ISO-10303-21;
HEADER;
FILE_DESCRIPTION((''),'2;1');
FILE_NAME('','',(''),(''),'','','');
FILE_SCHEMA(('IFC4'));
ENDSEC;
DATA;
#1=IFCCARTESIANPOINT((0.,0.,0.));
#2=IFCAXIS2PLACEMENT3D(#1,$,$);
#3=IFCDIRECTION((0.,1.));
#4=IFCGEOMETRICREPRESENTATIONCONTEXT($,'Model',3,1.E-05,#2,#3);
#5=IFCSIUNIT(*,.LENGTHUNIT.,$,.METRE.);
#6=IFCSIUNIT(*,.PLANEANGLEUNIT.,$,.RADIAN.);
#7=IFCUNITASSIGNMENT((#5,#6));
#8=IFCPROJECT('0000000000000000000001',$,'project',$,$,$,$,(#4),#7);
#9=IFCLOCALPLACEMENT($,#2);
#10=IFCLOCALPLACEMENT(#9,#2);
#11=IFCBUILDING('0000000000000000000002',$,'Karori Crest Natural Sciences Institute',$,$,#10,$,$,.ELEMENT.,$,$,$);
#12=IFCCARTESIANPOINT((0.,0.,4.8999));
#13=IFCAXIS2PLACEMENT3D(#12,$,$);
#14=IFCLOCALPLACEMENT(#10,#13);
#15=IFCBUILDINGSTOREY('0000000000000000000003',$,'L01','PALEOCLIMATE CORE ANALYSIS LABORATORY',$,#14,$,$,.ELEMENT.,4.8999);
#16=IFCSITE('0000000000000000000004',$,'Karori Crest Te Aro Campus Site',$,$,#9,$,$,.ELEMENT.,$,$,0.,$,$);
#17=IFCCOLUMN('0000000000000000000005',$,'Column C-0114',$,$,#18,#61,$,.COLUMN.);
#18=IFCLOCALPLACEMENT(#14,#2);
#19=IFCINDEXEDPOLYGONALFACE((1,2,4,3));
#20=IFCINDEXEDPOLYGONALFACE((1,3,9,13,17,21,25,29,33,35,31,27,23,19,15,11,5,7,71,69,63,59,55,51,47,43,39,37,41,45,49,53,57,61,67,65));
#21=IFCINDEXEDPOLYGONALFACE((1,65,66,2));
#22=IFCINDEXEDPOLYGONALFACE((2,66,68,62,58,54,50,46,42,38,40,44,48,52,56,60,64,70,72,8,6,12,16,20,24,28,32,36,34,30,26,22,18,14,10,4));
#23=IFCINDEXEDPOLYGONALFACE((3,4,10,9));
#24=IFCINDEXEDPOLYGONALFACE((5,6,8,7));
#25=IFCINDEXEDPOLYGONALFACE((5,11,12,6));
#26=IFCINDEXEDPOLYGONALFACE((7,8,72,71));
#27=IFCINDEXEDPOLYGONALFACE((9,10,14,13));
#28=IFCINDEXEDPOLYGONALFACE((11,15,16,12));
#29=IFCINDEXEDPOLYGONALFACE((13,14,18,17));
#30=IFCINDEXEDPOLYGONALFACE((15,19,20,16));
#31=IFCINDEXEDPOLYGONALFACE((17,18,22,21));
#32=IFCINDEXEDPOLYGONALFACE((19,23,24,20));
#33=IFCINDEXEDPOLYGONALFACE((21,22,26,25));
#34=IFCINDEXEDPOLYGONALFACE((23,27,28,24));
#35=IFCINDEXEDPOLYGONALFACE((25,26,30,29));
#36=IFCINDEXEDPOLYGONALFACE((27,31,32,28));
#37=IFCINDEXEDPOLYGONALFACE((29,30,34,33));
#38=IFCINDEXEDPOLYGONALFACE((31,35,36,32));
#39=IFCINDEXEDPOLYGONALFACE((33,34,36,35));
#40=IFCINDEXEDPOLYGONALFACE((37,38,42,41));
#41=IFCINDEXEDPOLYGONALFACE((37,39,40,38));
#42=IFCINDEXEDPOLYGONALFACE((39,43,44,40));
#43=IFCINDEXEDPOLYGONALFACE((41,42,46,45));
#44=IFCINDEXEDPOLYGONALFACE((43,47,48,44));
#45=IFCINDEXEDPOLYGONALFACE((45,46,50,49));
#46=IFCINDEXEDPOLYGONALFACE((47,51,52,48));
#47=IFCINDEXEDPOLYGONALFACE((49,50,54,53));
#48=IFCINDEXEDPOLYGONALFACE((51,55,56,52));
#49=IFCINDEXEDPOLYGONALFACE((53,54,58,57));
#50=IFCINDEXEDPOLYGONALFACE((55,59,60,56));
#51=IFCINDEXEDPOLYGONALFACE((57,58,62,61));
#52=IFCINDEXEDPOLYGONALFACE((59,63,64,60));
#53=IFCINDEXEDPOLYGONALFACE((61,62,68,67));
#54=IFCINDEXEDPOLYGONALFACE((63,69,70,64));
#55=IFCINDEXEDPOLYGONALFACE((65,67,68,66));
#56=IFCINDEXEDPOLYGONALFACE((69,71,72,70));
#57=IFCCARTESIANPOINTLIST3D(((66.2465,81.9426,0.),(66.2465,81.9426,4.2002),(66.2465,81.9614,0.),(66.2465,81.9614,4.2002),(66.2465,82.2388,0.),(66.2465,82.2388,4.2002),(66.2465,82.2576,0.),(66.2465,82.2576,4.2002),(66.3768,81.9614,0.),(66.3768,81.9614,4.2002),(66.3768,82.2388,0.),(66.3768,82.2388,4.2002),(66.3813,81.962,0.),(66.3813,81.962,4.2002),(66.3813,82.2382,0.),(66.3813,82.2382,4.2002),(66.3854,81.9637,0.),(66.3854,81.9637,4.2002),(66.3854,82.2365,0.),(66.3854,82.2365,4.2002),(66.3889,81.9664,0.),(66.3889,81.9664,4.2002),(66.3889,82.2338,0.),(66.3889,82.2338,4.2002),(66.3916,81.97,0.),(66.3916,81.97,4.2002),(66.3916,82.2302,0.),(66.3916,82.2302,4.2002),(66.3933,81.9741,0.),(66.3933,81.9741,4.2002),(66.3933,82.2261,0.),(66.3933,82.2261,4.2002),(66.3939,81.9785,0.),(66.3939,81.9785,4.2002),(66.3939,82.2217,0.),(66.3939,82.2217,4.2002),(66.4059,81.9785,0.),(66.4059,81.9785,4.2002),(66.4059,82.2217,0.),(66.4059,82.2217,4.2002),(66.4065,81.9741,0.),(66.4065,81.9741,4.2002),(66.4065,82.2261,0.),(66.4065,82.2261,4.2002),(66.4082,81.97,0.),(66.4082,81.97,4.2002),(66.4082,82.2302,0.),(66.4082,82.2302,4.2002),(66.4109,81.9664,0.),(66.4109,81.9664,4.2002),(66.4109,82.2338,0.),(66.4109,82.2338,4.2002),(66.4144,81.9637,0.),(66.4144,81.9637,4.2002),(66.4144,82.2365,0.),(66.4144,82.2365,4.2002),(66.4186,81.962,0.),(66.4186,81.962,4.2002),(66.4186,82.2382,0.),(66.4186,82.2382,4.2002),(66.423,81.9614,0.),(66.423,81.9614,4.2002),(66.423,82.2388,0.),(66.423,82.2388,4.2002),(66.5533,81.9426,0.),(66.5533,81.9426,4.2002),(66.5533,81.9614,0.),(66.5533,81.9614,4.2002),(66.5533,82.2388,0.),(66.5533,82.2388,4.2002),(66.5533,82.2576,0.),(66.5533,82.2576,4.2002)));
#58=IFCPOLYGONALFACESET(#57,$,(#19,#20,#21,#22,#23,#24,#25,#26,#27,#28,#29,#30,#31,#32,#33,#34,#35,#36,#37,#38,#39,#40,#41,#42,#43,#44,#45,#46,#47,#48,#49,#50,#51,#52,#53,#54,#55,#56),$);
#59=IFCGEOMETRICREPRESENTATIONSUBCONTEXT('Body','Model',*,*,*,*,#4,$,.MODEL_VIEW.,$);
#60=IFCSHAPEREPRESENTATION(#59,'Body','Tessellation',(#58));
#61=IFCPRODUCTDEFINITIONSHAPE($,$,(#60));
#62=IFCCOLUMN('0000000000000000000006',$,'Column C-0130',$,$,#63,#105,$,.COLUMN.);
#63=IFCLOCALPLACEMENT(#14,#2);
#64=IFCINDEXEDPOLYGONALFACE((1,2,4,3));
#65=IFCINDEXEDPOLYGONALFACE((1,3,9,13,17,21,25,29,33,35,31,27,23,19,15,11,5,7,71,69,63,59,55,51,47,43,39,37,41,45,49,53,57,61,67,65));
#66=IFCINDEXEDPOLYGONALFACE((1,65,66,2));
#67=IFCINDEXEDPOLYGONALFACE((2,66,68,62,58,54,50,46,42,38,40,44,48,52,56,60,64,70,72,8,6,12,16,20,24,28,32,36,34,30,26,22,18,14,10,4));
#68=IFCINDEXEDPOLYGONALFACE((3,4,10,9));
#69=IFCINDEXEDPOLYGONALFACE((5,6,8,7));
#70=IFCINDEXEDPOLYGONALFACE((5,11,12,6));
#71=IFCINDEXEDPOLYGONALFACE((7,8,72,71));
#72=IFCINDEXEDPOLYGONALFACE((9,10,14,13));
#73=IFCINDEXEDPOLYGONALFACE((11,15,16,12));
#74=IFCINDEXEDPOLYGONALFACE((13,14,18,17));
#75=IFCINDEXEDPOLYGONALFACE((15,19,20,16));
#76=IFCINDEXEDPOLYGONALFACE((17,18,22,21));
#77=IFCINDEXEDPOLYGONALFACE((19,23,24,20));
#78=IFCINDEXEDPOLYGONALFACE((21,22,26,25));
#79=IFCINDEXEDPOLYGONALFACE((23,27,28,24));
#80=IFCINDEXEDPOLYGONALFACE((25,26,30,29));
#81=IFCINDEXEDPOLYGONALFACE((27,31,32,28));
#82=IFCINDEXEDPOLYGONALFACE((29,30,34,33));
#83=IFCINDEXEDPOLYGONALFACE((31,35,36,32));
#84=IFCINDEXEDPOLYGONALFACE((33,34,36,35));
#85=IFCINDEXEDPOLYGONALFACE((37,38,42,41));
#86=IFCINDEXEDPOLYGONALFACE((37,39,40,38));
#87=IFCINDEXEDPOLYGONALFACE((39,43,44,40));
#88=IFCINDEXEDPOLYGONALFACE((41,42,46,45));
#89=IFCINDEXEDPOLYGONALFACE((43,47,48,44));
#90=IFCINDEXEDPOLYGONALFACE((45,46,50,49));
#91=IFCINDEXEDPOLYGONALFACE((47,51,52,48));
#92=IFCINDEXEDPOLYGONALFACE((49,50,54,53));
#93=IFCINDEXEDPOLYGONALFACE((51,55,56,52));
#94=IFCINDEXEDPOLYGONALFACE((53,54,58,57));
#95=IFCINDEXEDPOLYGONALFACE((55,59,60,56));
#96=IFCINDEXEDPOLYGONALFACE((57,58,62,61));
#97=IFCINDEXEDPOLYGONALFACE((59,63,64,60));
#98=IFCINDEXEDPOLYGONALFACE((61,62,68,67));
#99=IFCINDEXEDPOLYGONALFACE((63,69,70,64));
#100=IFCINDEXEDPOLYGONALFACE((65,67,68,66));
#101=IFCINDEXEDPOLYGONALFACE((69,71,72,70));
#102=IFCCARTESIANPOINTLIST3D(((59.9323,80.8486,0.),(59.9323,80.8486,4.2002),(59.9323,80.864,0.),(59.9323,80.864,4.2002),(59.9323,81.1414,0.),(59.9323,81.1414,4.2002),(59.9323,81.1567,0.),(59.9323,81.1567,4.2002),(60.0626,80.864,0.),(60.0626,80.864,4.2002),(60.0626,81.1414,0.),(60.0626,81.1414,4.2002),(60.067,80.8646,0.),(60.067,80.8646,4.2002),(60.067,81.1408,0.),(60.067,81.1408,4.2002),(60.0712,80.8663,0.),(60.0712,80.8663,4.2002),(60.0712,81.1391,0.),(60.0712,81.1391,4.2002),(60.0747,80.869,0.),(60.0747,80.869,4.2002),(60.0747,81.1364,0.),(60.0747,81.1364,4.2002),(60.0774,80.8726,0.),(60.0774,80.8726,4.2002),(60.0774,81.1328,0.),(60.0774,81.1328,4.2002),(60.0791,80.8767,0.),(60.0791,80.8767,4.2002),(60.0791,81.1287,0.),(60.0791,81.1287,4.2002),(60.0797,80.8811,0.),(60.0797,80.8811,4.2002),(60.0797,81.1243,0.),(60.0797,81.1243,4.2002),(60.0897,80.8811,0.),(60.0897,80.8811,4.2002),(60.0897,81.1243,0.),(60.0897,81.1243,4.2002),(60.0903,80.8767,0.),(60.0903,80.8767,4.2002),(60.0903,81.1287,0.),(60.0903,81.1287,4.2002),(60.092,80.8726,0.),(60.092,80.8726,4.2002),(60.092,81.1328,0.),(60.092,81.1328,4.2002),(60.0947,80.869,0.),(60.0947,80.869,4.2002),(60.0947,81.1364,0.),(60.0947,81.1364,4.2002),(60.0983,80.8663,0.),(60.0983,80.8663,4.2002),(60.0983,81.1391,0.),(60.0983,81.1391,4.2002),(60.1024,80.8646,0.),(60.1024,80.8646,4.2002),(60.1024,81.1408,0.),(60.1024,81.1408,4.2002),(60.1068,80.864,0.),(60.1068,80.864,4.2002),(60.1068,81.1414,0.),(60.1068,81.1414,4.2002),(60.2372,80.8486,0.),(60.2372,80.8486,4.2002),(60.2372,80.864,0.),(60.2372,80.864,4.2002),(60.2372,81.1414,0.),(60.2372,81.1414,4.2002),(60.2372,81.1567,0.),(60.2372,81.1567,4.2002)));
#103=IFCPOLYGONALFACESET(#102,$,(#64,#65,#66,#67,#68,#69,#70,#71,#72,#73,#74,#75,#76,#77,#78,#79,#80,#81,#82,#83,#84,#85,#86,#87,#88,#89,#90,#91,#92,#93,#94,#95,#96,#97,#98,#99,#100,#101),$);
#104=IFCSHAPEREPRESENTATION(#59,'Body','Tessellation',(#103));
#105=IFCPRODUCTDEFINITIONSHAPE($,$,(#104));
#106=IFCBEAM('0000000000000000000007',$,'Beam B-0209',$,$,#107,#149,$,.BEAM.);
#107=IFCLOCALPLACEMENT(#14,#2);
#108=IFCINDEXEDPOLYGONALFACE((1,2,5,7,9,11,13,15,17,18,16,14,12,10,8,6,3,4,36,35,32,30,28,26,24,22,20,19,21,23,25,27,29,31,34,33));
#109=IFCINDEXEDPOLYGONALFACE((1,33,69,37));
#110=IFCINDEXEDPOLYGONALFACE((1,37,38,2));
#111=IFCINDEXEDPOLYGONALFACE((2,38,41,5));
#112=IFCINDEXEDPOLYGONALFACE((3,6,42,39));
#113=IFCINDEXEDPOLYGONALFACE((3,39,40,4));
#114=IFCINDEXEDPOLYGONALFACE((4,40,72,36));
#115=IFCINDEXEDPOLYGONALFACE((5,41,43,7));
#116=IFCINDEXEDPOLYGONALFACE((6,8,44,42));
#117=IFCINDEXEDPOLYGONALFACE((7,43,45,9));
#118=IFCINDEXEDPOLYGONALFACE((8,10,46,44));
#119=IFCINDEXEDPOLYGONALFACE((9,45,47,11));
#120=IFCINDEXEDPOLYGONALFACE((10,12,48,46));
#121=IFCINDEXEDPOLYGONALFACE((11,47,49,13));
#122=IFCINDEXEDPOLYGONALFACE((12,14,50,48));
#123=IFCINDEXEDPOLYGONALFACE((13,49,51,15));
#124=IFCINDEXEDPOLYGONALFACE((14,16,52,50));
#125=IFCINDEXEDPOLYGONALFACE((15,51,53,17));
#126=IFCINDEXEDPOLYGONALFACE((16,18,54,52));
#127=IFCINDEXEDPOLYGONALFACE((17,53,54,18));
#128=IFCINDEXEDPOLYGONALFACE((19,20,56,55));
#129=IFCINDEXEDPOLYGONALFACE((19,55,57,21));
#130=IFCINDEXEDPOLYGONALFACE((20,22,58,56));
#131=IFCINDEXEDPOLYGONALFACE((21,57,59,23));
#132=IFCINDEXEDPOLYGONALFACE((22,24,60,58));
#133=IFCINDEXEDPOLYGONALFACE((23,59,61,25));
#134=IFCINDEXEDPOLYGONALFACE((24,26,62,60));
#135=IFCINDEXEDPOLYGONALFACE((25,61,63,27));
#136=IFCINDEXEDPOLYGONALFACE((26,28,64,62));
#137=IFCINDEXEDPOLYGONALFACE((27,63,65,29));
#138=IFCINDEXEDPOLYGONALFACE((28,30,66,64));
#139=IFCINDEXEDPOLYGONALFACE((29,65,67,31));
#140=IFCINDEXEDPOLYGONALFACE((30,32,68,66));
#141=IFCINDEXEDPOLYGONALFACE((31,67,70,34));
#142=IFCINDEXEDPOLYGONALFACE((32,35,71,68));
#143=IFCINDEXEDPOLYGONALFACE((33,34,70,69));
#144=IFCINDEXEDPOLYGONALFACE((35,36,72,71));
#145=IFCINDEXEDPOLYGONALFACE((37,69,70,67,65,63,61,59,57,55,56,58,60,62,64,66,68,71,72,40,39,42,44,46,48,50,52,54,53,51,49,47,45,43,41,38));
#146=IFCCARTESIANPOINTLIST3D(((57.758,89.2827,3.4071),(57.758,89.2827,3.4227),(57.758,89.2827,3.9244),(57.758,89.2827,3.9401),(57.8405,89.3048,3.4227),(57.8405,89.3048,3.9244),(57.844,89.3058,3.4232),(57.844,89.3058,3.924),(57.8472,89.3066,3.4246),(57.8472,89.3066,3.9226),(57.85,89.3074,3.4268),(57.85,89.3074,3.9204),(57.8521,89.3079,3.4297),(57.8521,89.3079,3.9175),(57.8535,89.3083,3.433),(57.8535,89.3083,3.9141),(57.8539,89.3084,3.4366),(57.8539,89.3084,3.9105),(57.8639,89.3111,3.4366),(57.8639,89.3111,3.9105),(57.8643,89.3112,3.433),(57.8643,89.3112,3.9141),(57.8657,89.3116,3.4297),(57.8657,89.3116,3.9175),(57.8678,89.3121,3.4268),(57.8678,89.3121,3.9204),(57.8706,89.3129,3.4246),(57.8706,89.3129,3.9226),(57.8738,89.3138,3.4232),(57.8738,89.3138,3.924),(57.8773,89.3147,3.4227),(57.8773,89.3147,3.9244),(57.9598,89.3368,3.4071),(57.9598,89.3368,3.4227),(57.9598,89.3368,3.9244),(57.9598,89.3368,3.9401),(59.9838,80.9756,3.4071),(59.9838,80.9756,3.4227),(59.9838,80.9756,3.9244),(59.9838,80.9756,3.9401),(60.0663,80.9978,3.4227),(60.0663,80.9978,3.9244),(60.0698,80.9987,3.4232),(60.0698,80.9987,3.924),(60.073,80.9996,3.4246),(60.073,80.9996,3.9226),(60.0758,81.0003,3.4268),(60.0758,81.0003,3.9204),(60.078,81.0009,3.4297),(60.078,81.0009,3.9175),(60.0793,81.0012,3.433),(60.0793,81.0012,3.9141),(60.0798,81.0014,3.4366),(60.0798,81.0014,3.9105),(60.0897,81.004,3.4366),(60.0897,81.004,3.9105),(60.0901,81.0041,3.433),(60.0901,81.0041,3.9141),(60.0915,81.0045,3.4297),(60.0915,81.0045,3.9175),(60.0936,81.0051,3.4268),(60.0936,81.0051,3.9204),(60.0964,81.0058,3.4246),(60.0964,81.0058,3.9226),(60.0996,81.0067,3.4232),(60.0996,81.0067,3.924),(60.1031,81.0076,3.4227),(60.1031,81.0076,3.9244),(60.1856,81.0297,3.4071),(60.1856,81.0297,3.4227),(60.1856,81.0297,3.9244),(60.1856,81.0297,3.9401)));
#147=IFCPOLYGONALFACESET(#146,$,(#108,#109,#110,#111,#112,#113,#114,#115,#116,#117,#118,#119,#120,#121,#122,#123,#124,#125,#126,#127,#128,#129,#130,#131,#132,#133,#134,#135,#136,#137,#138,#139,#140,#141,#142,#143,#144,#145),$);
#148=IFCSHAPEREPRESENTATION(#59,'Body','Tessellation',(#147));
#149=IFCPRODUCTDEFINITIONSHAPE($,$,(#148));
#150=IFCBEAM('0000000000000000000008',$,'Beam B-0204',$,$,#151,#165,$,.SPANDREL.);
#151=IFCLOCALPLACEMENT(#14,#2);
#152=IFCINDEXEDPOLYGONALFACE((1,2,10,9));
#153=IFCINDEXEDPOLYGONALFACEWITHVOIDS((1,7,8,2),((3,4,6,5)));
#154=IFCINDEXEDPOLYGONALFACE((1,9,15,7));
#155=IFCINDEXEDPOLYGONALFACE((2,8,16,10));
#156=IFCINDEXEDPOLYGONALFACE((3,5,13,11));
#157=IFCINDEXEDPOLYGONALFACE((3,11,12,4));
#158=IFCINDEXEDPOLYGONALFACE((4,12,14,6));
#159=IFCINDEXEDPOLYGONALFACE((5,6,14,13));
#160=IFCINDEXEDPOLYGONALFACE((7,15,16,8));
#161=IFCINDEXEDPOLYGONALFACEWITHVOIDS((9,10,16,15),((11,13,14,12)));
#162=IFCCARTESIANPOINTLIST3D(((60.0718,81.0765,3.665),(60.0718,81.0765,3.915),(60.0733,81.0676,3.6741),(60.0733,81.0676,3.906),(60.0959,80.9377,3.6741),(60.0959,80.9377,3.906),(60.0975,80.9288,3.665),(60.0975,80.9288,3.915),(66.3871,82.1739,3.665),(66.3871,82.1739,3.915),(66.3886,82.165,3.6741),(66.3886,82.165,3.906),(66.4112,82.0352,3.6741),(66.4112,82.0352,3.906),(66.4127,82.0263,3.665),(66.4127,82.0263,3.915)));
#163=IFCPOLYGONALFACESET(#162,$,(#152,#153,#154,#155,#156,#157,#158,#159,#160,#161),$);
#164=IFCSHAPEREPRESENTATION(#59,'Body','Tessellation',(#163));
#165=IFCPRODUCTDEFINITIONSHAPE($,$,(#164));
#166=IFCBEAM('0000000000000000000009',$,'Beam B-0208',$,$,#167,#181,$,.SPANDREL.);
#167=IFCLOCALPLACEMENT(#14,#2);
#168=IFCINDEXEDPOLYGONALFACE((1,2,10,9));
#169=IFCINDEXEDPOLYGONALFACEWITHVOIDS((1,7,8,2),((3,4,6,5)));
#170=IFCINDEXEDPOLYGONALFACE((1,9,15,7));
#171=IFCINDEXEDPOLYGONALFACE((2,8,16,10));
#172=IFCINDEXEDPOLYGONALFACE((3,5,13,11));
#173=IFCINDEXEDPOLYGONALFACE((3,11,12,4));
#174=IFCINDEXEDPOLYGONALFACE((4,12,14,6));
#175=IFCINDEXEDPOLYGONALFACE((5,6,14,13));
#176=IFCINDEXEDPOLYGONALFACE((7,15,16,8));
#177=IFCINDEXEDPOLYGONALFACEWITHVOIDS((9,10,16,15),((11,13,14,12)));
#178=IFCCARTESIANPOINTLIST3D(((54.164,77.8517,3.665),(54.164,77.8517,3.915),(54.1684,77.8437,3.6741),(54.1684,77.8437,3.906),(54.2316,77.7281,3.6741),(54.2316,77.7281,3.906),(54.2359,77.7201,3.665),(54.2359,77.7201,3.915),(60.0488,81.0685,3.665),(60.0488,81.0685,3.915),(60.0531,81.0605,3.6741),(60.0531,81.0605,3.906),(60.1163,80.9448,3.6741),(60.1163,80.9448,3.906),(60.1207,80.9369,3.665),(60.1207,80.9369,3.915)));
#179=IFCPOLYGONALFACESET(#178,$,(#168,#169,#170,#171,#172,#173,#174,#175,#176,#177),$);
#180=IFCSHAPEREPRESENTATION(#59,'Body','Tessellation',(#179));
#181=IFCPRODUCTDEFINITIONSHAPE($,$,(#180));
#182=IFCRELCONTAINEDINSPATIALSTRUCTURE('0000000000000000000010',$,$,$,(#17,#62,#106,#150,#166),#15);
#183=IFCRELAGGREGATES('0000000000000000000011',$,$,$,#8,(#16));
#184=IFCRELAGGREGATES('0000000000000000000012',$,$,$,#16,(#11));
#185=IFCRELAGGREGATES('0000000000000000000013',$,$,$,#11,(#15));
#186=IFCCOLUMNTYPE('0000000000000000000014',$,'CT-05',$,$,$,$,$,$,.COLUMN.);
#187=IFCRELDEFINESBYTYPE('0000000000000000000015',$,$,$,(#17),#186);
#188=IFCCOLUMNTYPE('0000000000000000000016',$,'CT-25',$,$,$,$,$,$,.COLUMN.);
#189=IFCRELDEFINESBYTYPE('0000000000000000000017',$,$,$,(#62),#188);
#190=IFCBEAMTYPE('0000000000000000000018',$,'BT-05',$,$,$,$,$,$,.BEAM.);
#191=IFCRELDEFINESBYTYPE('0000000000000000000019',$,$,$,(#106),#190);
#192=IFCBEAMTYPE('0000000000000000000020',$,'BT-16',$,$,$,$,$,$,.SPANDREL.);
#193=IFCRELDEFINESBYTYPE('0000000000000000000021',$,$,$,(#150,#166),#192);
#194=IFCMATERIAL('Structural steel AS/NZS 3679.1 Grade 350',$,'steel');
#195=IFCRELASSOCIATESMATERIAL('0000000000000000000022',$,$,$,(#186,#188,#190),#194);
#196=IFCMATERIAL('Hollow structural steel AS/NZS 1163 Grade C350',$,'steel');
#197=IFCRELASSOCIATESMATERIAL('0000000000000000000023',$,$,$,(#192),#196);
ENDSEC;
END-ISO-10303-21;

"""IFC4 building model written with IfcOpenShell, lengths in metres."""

from ifc_helpers import new_model, si_unit, direction, frame, origin, origin_2d, place, context, subcontext, project, spatial, hollow_rectangle, i_section, extrude, material, material_profile, profile_set, type_object, element, save


model = new_model("IFC4")

# Units and contexts
model_context = context("Model", 3, precision=1e-05, world=origin(), true_north=direction((0.0, 1.0)))
body_context = subcontext(model_context, "Body", "Model", "MODEL_VIEW")
ifc_project = project(units=[si_unit("LENGTHUNIT", "METRE"), si_unit("PLANEANGLEUNIT", "RADIAN")], contexts=[model_context])

# Site, building, storey
site_placement = place(None, origin())
site = spatial("IfcSite", under=ifc_project, at=site_placement, Name="Karori Crest Te Aro Campus Site", CompositionType="ELEMENT", RefElevation=0.0)
building_placement = place(site_placement, origin())
building = spatial("IfcBuilding", under=site, at=building_placement, Name="Karori Crest Natural Sciences Institute", CompositionType="ELEMENT")
storey_placement = place(building_placement, frame((0.0, 0.0, 4.8999)))
storey = spatial("IfcBuildingStorey", under=building, at=storey_placement, Name="L01", Description="PALEOCLIMATE CORE ANALYSIS LABORATORY", CompositionType="ELEMENT", Elevation=4.8999)

# Columns
ifc_material_1 = material(Name="Structural steel AS/NZS 3679.1 Grade 350", Category="steel")
ifc_material_profile_1 = material_profile(ifc_material_1, i_section(OverallWidth=0.3069, OverallDepth=0.3149, WebThickness=0.012, FlangeThickness=0.0188, FilletRadius=0.0171, at=origin_2d()), Name="310UC118")
ifc_profile_set_1 = profile_set([ifc_material_profile_1], Name="Structural steel AS/NZS 3679.1 Grade 350")
column_type_1 = type_object("IfcColumnType", Name="CT-05", PredefinedType="COLUMN", material=ifc_profile_set_1)
column_1_placement = place(storey_placement, frame((66.3999, 82.1001, 0.0), z_axis=(0.0, 0.0, 1.0), x_axis=(1.0, 0.0, 0.0)))
element("IfcColumn", 1, at=column_1_placement, inside=storey, type_object=column_type_1, Name="Column C-0114", PredefinedType="COLUMN", context=body_context, shape_type="SweptSolid", body=[
    extrude(i_section(OverallWidth=0.3069, OverallDepth=0.3149, WebThickness=0.012, FlangeThickness=0.0188, FilletRadius=0.0171, at=origin_2d()), origin(), (0.0, 0.0, 1.0), 4.2002),
])
ifc_material_profile_2 = material_profile(ifc_material_1, i_section(OverallWidth=0.3049, OverallDepth=0.3081, WebThickness=0.01, FlangeThickness=0.0154, FilletRadius=0.0171, at=origin_2d()), Name="310UC96.8")
ifc_profile_set_2 = profile_set([ifc_material_profile_2], Name="Structural steel AS/NZS 3679.1 Grade 350")
column_type_2 = type_object("IfcColumnType", Name="CT-25", PredefinedType="COLUMN", material=ifc_profile_set_2)
column_2_placement = place(storey_placement, frame((60.0847, 81.0027, 0.0), z_axis=(0.0, 0.0, 1.0), x_axis=(1.0, 0.0, 0.0)))
element("IfcColumn", 2, at=column_2_placement, inside=storey, type_object=column_type_2, Name="Column C-0130", PredefinedType="COLUMN", context=body_context, shape_type="SweptSolid", body=[
    extrude(i_section(OverallWidth=0.3049, OverallDepth=0.3081, WebThickness=0.01, FlangeThickness=0.0154, FilletRadius=0.0171, at=origin_2d()), origin(), (0.0, 0.0, 1.0), 4.2002),
])

# Beams
ifc_material_profile_3 = material_profile(ifc_material_1, i_section(OverallWidth=0.209, OverallDepth=0.533, WebThickness=0.0103, FlangeThickness=0.0156, FilletRadius=0.0139, at=origin_2d()), Name="530UB92.4")
ifc_profile_set_3 = profile_set([ifc_material_profile_3], Name="Structural steel AS/NZS 3679.1 Grade 350")
beam_type_1 = type_object("IfcBeamType", Name="BT-05", PredefinedType="BEAM", material=ifc_profile_set_3)
beam_1_placement = place(storey_placement, frame((60.0847, 81.0027, 3.6736), z_axis=(-0.258813, 0.965928, 0.0), x_axis=(-0.965928, -0.258813, 0.0)))
element("IfcBeam", 3, at=beam_1_placement, inside=storey, type_object=beam_type_1, Name="Beam B-0209", PredefinedType="BEAM", context=body_context, shape_type="SweptSolid", body=[
    extrude(i_section(OverallWidth=0.209, OverallDepth=0.533, WebThickness=0.0103, FlangeThickness=0.0156, FilletRadius=0.0139, at=origin_2d()), origin(), (0.0, 0.0, 1.0), 8.6001),
])
ifc_material_2 = material(Name="Hollow structural steel AS/NZS 1163 Grade C350", Category="steel")
ifc_material_profile_4 = material_profile(ifc_material_2, hollow_rectangle(XDim=0.1499, YDim=0.25, WallThickness=0.009, at=origin_2d()), Name="RHS250x150x9")
ifc_profile_set_4 = profile_set([ifc_material_profile_4], Name="Hollow structural steel AS/NZS 1163 Grade C350")
beam_type_2 = type_object("IfcBeamType", Name="BT-16", PredefinedType="SPANDREL", material=ifc_profile_set_4)
beam_2_placement = place(storey_placement, frame((66.3999, 82.1001, 3.79), z_axis=(-0.985235, -0.171208, 0.0), x_axis=(0.171208, -0.985235, 0.0)))
element("IfcBeam", 4, at=beam_2_placement, inside=storey, type_object=beam_type_2, Name="Beam B-0204", PredefinedType="SPANDREL", context=body_context, shape_type="SweptSolid", body=[
    extrude(hollow_rectangle(XDim=0.1499, YDim=0.25, WallThickness=0.009, at=origin_2d()), origin(), (0.0, 0.0, 1.0), 6.4099),
])
beam_3_placement = place(storey_placement, frame((60.0847, 81.0027, 3.79), z_axis=(-0.877461, -0.479648, 0.0), x_axis=(0.479648, -0.877461, 0.0)))
element("IfcBeam", 5, at=beam_3_placement, inside=storey, type_object=beam_type_2, Name="Beam B-0208", PredefinedType="SPANDREL", context=body_context, shape_type="SweptSolid", body=[
    extrude(hollow_rectangle(XDim=0.1499, YDim=0.25, WallThickness=0.009, at=origin_2d()), origin(), (0.0, 0.0, 1.0), 6.7065),
])

save(model, "model.ifc")
